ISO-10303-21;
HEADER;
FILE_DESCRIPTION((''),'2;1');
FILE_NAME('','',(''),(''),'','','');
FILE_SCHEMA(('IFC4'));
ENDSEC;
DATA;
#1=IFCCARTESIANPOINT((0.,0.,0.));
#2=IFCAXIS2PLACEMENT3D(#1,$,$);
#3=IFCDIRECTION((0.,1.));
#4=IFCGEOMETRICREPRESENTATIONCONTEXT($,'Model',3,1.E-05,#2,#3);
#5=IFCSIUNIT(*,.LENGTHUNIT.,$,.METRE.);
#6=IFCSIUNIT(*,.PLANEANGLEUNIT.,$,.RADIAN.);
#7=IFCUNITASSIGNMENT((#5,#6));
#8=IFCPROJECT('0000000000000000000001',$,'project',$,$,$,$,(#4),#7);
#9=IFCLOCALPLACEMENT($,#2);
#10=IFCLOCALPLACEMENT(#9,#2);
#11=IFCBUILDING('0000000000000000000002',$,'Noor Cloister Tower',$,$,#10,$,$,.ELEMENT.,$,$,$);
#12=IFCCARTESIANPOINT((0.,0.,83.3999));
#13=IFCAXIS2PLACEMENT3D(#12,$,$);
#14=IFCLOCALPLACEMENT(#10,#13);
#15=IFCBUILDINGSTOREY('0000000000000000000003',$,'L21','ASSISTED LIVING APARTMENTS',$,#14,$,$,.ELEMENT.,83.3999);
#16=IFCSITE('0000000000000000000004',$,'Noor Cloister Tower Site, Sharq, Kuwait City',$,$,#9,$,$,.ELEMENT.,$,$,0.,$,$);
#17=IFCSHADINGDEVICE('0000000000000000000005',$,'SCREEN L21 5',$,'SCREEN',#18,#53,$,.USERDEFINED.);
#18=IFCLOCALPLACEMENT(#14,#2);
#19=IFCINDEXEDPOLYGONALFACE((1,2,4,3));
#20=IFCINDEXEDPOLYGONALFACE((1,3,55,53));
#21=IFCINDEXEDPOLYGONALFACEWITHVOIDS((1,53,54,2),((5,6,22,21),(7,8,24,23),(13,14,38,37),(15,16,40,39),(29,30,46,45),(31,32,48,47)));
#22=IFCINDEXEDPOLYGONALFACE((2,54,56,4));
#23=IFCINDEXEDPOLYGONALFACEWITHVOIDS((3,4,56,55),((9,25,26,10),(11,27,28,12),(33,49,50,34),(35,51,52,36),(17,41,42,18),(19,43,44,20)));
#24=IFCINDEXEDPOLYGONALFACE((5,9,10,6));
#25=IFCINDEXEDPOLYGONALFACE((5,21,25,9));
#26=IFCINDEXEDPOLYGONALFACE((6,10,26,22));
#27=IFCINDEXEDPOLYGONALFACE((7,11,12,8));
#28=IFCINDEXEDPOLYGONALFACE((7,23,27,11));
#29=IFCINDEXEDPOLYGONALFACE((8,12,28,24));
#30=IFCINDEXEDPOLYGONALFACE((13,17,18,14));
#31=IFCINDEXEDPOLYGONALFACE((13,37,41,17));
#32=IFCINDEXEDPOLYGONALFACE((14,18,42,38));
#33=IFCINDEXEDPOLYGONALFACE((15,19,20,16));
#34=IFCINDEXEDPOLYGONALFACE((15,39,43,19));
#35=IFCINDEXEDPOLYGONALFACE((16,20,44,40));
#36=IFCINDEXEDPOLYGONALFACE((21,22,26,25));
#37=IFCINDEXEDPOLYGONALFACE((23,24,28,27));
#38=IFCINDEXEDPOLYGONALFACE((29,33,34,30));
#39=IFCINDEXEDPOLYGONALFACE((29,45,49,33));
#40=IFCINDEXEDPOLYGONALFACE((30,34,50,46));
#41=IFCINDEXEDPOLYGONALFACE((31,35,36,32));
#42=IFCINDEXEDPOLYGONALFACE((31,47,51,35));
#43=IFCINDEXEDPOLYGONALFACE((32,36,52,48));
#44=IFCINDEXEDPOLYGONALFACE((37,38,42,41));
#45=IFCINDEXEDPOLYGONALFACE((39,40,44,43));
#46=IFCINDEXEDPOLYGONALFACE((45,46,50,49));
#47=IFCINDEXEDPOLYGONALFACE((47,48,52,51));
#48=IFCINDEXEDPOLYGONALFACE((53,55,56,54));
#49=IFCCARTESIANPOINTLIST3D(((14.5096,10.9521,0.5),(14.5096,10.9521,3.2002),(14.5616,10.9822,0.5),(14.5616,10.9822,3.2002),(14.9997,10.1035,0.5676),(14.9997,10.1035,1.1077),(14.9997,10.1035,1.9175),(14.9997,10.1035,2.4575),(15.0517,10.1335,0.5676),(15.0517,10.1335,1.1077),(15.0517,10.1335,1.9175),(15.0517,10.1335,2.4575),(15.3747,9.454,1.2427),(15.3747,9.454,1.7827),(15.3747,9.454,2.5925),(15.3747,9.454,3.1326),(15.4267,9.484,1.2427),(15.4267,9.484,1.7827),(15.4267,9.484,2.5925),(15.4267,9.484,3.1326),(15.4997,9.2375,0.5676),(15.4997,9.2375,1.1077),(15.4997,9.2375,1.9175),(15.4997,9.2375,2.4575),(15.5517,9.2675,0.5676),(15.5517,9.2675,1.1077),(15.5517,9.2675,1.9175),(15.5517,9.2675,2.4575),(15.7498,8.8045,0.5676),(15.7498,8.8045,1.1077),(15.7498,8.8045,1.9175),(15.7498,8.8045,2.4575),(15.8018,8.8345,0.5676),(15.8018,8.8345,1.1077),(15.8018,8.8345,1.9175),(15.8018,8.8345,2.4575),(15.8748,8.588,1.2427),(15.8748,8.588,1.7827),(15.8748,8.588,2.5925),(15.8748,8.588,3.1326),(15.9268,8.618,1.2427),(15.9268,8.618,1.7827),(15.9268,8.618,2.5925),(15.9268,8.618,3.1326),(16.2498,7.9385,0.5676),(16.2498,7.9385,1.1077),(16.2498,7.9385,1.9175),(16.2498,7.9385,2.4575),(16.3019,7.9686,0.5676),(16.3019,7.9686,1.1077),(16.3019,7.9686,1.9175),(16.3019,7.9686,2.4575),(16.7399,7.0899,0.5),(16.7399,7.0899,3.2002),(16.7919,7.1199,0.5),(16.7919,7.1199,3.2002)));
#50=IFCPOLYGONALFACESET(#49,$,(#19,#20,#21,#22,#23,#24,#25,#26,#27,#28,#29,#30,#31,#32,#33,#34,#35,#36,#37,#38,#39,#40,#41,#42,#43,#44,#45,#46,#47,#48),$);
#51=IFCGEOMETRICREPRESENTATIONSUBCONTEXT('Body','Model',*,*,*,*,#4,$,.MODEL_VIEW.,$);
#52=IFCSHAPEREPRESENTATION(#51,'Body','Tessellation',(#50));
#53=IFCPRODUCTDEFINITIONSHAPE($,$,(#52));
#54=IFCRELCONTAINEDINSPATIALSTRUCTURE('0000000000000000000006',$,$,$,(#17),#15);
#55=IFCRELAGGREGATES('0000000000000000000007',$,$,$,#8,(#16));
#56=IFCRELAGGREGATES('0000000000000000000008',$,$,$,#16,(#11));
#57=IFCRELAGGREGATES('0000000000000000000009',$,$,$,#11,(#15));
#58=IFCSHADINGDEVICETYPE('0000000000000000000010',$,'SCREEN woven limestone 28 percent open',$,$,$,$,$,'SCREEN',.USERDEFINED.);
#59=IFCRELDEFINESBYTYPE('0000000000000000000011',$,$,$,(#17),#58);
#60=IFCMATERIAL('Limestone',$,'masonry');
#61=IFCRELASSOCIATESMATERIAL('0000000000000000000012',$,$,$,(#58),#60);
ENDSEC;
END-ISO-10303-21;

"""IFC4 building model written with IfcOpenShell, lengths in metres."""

from ifc_helpers import new_model, si_unit, direction, frame, origin, place, context, subcontext, project, spatial, polyline, outline, extrude, material, material_profile, profile_set, type_object, element, save


model = new_model("IFC4")

# Units and contexts
model_context = context("Model", 3, precision=1e-05, world=origin(), true_north=direction((0.0, 1.0)))
body_context = subcontext(model_context, "Body", "Model", "MODEL_VIEW")
ifc_project = project(units=[si_unit("LENGTHUNIT", "METRE"), si_unit("PLANEANGLEUNIT", "RADIAN")], contexts=[model_context])

# Site, building, storey
site_placement = place(None, origin())
site = spatial("IfcSite", under=ifc_project, at=site_placement, Name="Noor Cloister Tower Site, Sharq, Kuwait City", CompositionType="ELEMENT", RefElevation=0.0)
building_placement = place(site_placement, origin())
building = spatial("IfcBuilding", under=site, at=building_placement, Name="Noor Cloister Tower", CompositionType="ELEMENT")
storey_placement = place(building_placement, frame((0.0, 0.0, 83.3999)))
storey = spatial("IfcBuildingStorey", under=building, at=storey_placement, Name="L21", Description="ASSISTED LIVING APARTMENTS", CompositionType="ELEMENT", Elevation=83.3999)

# Shading device
ifc_material_1 = material(Name="Limestone", Category="masonry")
ifc_material_profile_1 = material_profile(ifc_material_1, outline(polyline([(-2.23, -1.3501), (2.23, -1.3501), (2.23, 1.3501), (-2.23, 1.3501), (-2.23, -1.3501)]), holes=[polyline([(-1.25, -1.2825), (-0.25, -1.2825), (-0.25, -0.7424), (-1.25, -0.7424), (-1.25, -1.2825)]), polyline([(0.25, -1.2825), (1.25, -1.2825), (1.25, -0.7424), (0.25, -0.7424), (0.25, -1.2825)]), polyline([(-0.5, -0.6074), (0.5, -0.6074), (0.5, -0.0674), (-0.5, -0.0674), (-0.5, -0.6074)]), polyline([(-1.25, 0.0674), (-0.25, 0.0674), (-0.25, 0.6074), (-1.25, 0.6074), (-1.25, 0.0674)]), polyline([(0.25, 0.0674), (1.25, 0.0674), (1.25, 0.6074), (0.25, 0.6074), (0.25, 0.0674)]), polyline([(-0.5, 0.7424), (0.5, 0.7424), (0.5, 1.2825), (-0.5, 1.2825), (-0.5, 0.7424)])]), Name="Woven screen 28 percent open")
ifc_profile_set_1 = profile_set([ifc_material_profile_1], Name="Limestone")
shading_device_type = type_object("IfcShadingDeviceType", Name="SCREEN woven limestone 28 percent open", ElementType="SCREEN", PredefinedType="USERDEFINED", material=ifc_profile_set_1)
for number, where, z_axis, x_axis, name in (
    (1, (15.6248, 9.021, 1.8501), (0.865982, 0.500074, 0.0), (-0.500074, 0.865982, 0.0), "SCREEN L21 5"),
):
    element("IfcShadingDevice", number, at=place(storey_placement, frame(where, z_axis=z_axis, x_axis=x_axis)), inside=storey, type_object=shading_device_type, Name=name, ObjectType="SCREEN", PredefinedType="USERDEFINED", context=body_context, shape_type="SweptSolid", body=[
        extrude(outline(polyline([(-2.23, -1.3501), (2.23, -1.3501), (2.23, 1.3501), (-2.23, 1.3501), (-2.23, -1.3501)]), holes=[polyline([(-1.25, -1.2825), (-0.25, -1.2825), (-0.25, -0.7424), (-1.25, -0.7424), (-1.25, -1.2825)]), polyline([(0.25, -1.2825), (1.25, -1.2825), (1.25, -0.7424), (0.25, -0.7424), (0.25, -1.2825)]), polyline([(-0.5, -0.6074), (0.5, -0.6074), (0.5, -0.0674), (-0.5, -0.0674), (-0.5, -0.6074)]), polyline([(-1.25, 0.0674), (-0.25, 0.0674), (-0.25, 0.6074), (-1.25, 0.6074), (-1.25, 0.0674)]), polyline([(0.25, 0.0674), (1.25, 0.0674), (1.25, 0.6074), (0.25, 0.6074), (0.25, 0.0674)]), polyline([(-0.5, 0.7424), (0.5, 0.7424), (0.5, 1.2825), (-0.5, 1.2825), (-0.5, 0.7424)])]), origin(), (0.0, 0.0, 1.0), 0.0601),
    ])

save(model, "model.ifc")
